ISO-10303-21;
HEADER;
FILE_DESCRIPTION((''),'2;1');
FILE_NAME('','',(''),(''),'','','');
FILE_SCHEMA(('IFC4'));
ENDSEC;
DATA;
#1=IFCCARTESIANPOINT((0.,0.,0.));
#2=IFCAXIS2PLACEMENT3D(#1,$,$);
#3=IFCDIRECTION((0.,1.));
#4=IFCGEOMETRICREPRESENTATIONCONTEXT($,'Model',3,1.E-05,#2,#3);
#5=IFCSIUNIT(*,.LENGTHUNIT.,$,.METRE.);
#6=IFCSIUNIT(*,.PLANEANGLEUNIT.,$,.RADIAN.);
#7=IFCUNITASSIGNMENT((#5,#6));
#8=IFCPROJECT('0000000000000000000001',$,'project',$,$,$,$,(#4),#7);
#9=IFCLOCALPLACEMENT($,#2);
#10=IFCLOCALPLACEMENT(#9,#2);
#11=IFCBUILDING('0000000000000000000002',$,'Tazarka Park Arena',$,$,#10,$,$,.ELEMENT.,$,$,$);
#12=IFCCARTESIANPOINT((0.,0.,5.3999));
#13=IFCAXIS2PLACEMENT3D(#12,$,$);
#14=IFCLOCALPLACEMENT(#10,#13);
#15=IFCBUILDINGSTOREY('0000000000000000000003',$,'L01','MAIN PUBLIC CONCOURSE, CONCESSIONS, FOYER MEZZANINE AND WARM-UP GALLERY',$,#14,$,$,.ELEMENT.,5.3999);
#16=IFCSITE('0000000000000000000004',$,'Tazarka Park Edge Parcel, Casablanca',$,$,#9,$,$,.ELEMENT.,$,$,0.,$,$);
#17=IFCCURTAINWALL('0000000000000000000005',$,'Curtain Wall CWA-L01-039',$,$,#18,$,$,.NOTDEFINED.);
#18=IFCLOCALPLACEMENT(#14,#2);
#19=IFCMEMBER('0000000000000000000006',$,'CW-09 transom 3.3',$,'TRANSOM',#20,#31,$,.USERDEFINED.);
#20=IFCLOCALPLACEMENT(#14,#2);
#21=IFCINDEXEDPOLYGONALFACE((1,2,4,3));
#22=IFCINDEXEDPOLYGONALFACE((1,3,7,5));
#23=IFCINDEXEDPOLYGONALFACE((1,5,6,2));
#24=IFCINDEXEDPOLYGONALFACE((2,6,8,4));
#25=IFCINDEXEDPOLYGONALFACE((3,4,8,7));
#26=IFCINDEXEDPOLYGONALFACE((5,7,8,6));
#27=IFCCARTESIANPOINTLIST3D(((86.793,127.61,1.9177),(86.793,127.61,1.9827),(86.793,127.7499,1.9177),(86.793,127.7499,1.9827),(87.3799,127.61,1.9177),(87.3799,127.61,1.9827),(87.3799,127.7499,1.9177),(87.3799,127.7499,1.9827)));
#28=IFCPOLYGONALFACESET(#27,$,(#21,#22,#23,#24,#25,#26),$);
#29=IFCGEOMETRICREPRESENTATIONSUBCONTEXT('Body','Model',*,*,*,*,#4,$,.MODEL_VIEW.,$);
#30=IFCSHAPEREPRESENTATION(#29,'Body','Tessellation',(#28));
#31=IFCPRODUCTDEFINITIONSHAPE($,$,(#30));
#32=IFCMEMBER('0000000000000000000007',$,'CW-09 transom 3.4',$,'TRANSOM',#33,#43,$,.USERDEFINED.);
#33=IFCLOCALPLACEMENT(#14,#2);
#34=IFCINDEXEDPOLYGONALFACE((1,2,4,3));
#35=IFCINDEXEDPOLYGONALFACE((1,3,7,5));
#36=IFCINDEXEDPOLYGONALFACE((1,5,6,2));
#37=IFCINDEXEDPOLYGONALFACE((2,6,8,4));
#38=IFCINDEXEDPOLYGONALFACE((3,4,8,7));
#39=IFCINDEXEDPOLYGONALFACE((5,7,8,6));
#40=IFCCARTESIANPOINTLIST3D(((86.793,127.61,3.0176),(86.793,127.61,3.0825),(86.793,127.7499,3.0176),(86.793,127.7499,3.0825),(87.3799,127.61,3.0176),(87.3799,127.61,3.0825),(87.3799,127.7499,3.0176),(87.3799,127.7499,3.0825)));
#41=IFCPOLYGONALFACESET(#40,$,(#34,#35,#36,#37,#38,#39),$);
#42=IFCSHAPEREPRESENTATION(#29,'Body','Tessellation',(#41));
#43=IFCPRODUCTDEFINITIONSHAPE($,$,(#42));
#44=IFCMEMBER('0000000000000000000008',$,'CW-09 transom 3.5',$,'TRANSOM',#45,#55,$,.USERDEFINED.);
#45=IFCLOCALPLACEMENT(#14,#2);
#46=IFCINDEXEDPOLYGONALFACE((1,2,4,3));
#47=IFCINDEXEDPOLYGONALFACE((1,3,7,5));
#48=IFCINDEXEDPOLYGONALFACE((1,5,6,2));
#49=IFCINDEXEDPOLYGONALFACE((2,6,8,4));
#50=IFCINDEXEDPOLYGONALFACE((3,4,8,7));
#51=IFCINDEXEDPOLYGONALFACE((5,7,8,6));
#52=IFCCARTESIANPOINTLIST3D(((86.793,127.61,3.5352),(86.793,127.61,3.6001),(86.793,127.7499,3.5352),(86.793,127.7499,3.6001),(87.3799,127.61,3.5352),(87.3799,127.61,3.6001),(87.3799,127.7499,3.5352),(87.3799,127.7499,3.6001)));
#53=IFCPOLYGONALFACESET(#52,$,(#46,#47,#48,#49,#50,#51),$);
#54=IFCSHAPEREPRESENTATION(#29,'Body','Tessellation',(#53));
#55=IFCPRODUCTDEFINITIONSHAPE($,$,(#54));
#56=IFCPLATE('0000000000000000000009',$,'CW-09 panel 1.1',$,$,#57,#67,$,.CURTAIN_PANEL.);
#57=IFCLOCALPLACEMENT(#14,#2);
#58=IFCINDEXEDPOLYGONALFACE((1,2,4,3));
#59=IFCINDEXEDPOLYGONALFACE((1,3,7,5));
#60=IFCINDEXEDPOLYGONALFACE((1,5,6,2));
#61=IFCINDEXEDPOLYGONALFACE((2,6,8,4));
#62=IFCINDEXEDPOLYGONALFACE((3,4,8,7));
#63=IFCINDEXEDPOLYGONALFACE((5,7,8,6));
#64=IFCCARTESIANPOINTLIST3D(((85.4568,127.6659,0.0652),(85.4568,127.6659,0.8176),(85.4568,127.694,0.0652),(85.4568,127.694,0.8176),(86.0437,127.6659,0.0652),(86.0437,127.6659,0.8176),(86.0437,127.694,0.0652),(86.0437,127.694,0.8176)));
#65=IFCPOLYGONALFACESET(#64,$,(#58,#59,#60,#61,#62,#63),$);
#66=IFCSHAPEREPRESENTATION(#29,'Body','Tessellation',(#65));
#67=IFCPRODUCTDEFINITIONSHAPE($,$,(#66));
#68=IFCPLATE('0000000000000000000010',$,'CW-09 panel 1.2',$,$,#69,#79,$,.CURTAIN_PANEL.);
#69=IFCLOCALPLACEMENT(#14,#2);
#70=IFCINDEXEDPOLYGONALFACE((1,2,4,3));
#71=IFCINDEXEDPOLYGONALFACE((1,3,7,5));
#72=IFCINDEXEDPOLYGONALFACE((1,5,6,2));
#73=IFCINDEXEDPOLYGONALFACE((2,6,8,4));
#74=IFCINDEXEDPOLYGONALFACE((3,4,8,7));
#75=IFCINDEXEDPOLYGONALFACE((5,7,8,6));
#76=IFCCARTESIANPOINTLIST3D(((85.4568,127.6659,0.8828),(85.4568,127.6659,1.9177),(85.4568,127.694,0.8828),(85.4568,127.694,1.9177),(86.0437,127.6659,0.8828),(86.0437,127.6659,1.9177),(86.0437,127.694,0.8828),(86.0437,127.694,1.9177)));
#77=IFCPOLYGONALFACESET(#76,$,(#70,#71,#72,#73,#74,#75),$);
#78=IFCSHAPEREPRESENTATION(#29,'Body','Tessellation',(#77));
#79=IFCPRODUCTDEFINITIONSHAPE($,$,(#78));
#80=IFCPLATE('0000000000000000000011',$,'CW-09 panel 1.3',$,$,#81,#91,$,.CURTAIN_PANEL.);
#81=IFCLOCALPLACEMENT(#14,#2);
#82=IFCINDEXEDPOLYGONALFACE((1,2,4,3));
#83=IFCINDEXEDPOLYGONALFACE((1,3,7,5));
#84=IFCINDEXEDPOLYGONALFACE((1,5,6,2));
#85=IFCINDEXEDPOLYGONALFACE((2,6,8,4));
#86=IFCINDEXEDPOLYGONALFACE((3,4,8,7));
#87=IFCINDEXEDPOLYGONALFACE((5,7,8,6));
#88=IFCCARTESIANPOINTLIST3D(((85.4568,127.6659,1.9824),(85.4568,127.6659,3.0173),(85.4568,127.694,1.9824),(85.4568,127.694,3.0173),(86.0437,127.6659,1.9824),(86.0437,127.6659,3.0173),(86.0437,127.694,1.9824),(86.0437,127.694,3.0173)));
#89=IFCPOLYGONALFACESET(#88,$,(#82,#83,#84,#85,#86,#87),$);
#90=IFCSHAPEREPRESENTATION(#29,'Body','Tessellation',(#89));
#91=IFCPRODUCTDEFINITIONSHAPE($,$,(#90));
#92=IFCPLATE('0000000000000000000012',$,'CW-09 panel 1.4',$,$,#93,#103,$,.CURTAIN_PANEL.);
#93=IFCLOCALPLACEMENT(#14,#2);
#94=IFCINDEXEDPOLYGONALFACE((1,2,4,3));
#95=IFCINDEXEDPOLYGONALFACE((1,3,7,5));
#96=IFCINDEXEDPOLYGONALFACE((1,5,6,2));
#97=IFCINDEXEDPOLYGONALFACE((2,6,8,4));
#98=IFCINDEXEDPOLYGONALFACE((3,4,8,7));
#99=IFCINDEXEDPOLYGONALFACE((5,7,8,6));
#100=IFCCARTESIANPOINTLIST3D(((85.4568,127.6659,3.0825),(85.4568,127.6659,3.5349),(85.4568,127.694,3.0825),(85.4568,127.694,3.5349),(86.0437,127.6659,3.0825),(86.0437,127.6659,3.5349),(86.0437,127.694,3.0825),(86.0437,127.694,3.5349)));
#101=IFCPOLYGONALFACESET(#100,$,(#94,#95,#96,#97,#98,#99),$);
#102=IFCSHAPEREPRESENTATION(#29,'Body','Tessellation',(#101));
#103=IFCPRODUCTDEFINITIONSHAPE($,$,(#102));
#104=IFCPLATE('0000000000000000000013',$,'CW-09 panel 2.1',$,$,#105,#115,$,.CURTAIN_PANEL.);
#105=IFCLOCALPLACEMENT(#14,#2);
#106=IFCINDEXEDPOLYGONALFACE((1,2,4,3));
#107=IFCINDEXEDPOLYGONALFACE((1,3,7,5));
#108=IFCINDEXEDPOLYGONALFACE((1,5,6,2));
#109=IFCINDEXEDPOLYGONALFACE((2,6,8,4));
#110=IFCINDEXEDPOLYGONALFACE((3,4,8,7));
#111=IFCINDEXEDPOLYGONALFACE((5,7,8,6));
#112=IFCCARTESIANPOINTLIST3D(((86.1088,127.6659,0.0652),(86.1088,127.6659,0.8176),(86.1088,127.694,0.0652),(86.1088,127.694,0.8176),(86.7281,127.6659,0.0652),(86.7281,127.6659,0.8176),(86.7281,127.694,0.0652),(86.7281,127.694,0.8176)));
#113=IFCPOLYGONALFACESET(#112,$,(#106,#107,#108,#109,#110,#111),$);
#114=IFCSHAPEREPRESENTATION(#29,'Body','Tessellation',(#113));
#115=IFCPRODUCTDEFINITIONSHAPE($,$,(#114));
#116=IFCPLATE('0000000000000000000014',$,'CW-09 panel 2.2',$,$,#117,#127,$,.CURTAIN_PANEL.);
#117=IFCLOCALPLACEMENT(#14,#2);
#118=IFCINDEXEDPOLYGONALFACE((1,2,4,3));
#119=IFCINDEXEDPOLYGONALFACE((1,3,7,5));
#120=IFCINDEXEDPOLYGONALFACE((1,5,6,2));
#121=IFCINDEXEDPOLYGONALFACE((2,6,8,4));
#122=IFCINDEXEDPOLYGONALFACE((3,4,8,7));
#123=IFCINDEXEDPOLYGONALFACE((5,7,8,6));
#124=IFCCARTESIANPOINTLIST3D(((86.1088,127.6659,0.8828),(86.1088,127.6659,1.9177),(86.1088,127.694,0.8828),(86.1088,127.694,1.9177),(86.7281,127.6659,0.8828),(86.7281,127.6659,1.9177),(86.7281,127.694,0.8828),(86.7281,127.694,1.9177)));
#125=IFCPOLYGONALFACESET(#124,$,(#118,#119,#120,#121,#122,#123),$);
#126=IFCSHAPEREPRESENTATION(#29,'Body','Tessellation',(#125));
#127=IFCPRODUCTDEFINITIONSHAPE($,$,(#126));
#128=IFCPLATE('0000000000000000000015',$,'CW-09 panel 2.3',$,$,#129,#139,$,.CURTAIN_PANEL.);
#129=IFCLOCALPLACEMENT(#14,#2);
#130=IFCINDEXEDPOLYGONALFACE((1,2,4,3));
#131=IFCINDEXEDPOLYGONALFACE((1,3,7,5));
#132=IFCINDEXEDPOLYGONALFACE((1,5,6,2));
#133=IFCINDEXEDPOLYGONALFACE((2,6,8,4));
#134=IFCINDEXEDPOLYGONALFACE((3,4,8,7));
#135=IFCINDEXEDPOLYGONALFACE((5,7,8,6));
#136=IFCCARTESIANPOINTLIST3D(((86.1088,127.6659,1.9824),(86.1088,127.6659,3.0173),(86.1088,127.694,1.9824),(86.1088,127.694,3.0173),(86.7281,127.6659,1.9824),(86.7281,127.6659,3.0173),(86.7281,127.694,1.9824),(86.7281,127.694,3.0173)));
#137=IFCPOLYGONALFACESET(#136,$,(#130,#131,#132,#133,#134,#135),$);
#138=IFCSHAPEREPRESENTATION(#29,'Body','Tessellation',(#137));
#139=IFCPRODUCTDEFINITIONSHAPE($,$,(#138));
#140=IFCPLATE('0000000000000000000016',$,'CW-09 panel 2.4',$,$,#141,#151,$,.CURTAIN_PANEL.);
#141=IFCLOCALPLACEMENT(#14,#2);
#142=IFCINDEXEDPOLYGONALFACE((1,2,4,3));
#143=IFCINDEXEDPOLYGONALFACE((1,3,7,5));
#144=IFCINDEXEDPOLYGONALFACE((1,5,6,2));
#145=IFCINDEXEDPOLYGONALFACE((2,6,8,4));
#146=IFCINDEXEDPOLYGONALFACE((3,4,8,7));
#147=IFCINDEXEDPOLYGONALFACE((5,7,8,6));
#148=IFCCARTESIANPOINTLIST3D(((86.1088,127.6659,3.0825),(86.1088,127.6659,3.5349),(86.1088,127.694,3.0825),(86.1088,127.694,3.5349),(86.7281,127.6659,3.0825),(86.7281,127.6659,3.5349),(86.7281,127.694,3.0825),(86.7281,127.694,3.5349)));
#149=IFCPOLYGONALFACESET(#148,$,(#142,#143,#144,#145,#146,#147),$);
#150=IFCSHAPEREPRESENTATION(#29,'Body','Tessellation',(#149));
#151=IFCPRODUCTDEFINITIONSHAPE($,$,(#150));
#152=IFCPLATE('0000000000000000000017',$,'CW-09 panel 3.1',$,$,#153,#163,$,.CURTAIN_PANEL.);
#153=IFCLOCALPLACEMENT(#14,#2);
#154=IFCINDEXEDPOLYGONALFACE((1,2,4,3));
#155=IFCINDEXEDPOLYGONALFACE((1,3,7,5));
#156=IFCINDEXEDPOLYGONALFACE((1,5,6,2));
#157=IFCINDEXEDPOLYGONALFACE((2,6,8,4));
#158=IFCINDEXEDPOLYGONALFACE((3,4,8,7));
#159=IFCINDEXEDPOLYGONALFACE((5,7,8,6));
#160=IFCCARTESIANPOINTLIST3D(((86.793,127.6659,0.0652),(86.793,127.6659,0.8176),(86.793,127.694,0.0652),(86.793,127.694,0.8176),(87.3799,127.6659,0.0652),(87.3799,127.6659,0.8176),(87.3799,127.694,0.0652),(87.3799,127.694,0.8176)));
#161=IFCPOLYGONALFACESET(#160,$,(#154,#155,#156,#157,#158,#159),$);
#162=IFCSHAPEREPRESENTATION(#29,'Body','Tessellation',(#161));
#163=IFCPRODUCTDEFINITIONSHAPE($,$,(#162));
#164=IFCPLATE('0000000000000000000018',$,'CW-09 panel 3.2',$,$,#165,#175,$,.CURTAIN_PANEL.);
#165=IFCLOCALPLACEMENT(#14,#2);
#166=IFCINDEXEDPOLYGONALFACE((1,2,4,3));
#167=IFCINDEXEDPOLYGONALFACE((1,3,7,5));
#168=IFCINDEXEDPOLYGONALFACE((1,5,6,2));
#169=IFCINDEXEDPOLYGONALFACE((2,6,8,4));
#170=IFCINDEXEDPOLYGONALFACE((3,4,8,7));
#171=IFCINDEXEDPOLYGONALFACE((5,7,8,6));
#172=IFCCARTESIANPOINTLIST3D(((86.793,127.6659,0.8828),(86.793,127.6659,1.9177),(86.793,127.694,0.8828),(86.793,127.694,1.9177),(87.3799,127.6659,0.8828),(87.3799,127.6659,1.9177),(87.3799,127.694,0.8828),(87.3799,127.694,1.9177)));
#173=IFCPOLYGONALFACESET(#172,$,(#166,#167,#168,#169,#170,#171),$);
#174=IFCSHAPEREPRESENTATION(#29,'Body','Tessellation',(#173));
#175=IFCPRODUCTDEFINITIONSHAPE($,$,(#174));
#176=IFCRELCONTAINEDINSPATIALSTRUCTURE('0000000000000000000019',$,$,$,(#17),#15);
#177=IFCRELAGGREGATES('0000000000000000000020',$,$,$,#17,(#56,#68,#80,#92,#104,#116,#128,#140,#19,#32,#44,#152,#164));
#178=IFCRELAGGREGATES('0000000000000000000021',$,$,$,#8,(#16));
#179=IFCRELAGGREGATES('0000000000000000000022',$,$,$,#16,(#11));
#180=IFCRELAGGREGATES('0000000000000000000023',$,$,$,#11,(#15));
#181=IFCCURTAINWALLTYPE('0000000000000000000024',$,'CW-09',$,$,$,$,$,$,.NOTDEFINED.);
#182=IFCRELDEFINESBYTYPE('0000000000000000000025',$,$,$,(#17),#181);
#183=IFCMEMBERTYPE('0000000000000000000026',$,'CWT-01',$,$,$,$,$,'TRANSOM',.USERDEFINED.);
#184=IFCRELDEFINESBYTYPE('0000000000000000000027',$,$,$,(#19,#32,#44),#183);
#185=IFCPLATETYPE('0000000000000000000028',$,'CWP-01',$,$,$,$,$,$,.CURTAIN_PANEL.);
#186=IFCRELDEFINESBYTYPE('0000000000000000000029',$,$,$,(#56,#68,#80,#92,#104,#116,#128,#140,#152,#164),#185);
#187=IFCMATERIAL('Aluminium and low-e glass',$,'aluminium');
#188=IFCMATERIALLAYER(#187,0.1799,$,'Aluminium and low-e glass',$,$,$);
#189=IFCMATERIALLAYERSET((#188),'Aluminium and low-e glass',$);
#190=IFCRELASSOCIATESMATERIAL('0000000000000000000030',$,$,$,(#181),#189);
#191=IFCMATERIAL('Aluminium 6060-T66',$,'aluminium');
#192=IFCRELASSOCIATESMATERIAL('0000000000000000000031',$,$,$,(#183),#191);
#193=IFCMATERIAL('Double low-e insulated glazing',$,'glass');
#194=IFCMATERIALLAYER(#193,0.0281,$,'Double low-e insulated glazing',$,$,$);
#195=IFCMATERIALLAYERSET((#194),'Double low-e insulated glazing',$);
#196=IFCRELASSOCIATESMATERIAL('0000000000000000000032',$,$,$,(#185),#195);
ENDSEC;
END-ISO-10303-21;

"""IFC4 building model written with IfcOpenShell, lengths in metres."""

from ifc_helpers import new_model, si_unit, direction, frame, origin, origin_2d, place, context, subcontext, project, spatial, rectangle, extrude, material, layer, layer_set, material_profile, profile_set, type_object, element, aggregate, save


model = new_model("IFC4")

# Units and contexts
model_context = context("Model", 3, precision=1e-05, world=origin(), true_north=direction((0.0, 1.0)))
body_context = subcontext(model_context, "Body", "Model", "MODEL_VIEW")
ifc_project = project(units=[si_unit("LENGTHUNIT", "METRE"), si_unit("PLANEANGLEUNIT", "RADIAN")], contexts=[model_context])

# Site, building, storey
site_placement = place(None, origin())
site = spatial("IfcSite", under=ifc_project, at=site_placement, Name="Tazarka Park Edge Parcel, Casablanca", CompositionType="ELEMENT", RefElevation=0.0)
building_placement = place(site_placement, origin())
building = spatial("IfcBuilding", under=site, at=building_placement, Name="Tazarka Park Arena", CompositionType="ELEMENT")
storey_placement = place(building_placement, frame((0.0, 0.0, 5.3999)))
storey = spatial("IfcBuildingStorey", under=building, at=storey_placement, Name="L01", Description="MAIN PUBLIC CONCOURSE, CONCESSIONS, FOYER MEZZANINE AND WARM-UP GALLERY", CompositionType="ELEMENT", Elevation=5.3999)

# Curtain wall, members, plates
ifc_material_1 = material(Name="Aluminium and low-e glass", Category="aluminium")
ifc_layer_1 = layer(ifc_material_1, 0.1799, Name="Aluminium and low-e glass")
ifc_layer_set_1 = layer_set([ifc_layer_1], Name="Aluminium and low-e glass")
curtain_wall_type = type_object("IfcCurtainWallType", Name="CW-09", PredefinedType="NOTDEFINED", material=ifc_layer_set_1)
curtain_wall_placement = place(storey_placement, origin())
curtain_wall = element("IfcCurtainWall", 1, at=curtain_wall_placement, inside=storey, type_object=curtain_wall_type, Name="Curtain Wall CWA-L01-039", PredefinedType="NOTDEFINED")
ifc_material_2 = material(Name="Aluminium 6060-T66", Category="aluminium")
ifc_material_profile_1 = material_profile(ifc_material_2, rectangle(XDim=0.1399, YDim=0.0649, at=origin_2d()), Name="Aluminium 6060-T66")
ifc_profile_set_1 = profile_set([ifc_material_profile_1], Name="Aluminium 6060-T66")
member_type_1 = type_object("IfcMemberType", Name="CWT-01", ElementType="TRANSOM", PredefinedType="USERDEFINED", material=ifc_profile_set_1)
member_1_placement = place(storey_placement, frame((86.793, 127.6799, 1.9502), z_axis=(1.0, 0.0, 0.0), x_axis=(0.0, 1.0, 0.0)))
member_1 = element("IfcMember", 2, at=member_1_placement, type_object=member_type_1, Name="CW-09 transom 3.3", ObjectType="TRANSOM", PredefinedType="USERDEFINED", context=body_context, shape_type="SweptSolid", body=[
    extrude(rectangle(XDim=0.1399, YDim=0.0649, at=origin_2d()), origin(), (0.0, 0.0, 1.0), 0.5869),
])
member_2_placement = place(storey_placement, frame((86.793, 127.6799, 3.05), z_axis=(1.0, 0.0, 0.0), x_axis=(0.0, 1.0, 0.0)))
member_2 = element("IfcMember", 3, at=member_2_placement, type_object=member_type_1, Name="CW-09 transom 3.4", ObjectType="TRANSOM", PredefinedType="USERDEFINED", context=body_context, shape_type="SweptSolid", body=[
    extrude(rectangle(XDim=0.1399, YDim=0.0649, at=origin_2d()), origin(), (0.0, 0.0, 1.0), 0.5869),
])
member_3_placement = place(storey_placement, frame((86.793, 127.6799, 3.5676), z_axis=(1.0, 0.0, 0.0), x_axis=(0.0, 1.0, 0.0)))
member_3 = element("IfcMember", 4, at=member_3_placement, type_object=member_type_1, Name="CW-09 transom 3.5", ObjectType="TRANSOM", PredefinedType="USERDEFINED", context=body_context, shape_type="SweptSolid", body=[
    extrude(rectangle(XDim=0.1399, YDim=0.0649, at=origin_2d()), origin(), (0.0, 0.0, 1.0), 0.5869),
])
ifc_material_3 = material(Name="Double low-e insulated glazing", Category="glass")
ifc_layer_2 = layer(ifc_material_3, 0.0281, Name="Double low-e insulated glazing")
ifc_layer_set_2 = layer_set([ifc_layer_2], Name="Double low-e insulated glazing")
plate_type = type_object("IfcPlateType", Name="CWP-01", PredefinedType="CURTAIN_PANEL", material=ifc_layer_set_2)
plate_1_placement = place(storey_placement, frame((85.7502, 127.6799, 0.0652), z_axis=(0.0, 0.0, 1.0), x_axis=(1.0, 0.0, 0.0)))
plate_1 = element("IfcPlate", 5, at=plate_1_placement, type_object=plate_type, Name="CW-09 panel 1.1", PredefinedType="CURTAIN_PANEL", context=body_context, shape_type="SweptSolid", body=[
    extrude(rectangle(XDim=0.5869, YDim=0.0281, at=origin_2d()), origin(), (0.0, 0.0, 1.0), 0.7524),
])
plate_2_placement = place(storey_placement, frame((85.7502, 127.6799, 0.8828), z_axis=(0.0, 0.0, 1.0), x_axis=(1.0, 0.0, 0.0)))
plate_2 = element("IfcPlate", 6, at=plate_2_placement, type_object=plate_type, Name="CW-09 panel 1.2", PredefinedType="CURTAIN_PANEL", context=body_context, shape_type="SweptSolid", body=[
    extrude(rectangle(XDim=0.5869, YDim=0.0281, at=origin_2d()), origin(), (0.0, 0.0, 1.0), 1.0349),
])
plate_3_placement = place(storey_placement, frame((85.7502, 127.6799, 1.9824), z_axis=(0.0, 0.0, 1.0), x_axis=(1.0, 0.0, 0.0)))
plate_3 = element("IfcPlate", 7, at=plate_3_placement, type_object=plate_type, Name="CW-09 panel 1.3", PredefinedType="CURTAIN_PANEL", context=body_context, shape_type="SweptSolid", body=[
    extrude(rectangle(XDim=0.5869, YDim=0.0281, at=origin_2d()), origin(), (0.0, 0.0, 1.0), 1.0349),
])
plate_4_placement = place(storey_placement, frame((85.7502, 127.6799, 3.0825), z_axis=(0.0, 0.0, 1.0), x_axis=(1.0, 0.0, 0.0)))
plate_4 = element("IfcPlate", 8, at=plate_4_placement, type_object=plate_type, Name="CW-09 panel 1.4", PredefinedType="CURTAIN_PANEL", context=body_context, shape_type="SweptSolid", body=[
    extrude(rectangle(XDim=0.5869, YDim=0.0281, at=origin_2d()), origin(), (0.0, 0.0, 1.0), 0.4524),
])
plate_5_placement = place(storey_placement, frame((86.4185, 127.6799, 0.0652), z_axis=(0.0, 0.0, 1.0), x_axis=(1.0, 0.0, 0.0)))
plate_5 = element("IfcPlate", 9, at=plate_5_placement, type_object=plate_type, Name="CW-09 panel 2.1", PredefinedType="CURTAIN_PANEL", context=body_context, shape_type="SweptSolid", body=[
    extrude(rectangle(XDim=0.6194, YDim=0.0281, at=origin_2d()), origin(), (0.0, 0.0, 1.0), 0.7524),
])
plate_6_placement = place(storey_placement, frame((86.4185, 127.6799, 0.8828), z_axis=(0.0, 0.0, 1.0), x_axis=(1.0, 0.0, 0.0)))
plate_6 = element("IfcPlate", 10, at=plate_6_placement, type_object=plate_type, Name="CW-09 panel 2.2", PredefinedType="CURTAIN_PANEL", context=body_context, shape_type="SweptSolid", body=[
    extrude(rectangle(XDim=0.6194, YDim=0.0281, at=origin_2d()), origin(), (0.0, 0.0, 1.0), 1.0349),
])
plate_7_placement = place(storey_placement, frame((86.4185, 127.6799, 1.9824), z_axis=(0.0, 0.0, 1.0), x_axis=(1.0, 0.0, 0.0)))
plate_7 = element("IfcPlate", 11, at=plate_7_placement, type_object=plate_type, Name="CW-09 panel 2.3", PredefinedType="CURTAIN_PANEL", context=body_context, shape_type="SweptSolid", body=[
    extrude(rectangle(XDim=0.6194, YDim=0.0281, at=origin_2d()), origin(), (0.0, 0.0, 1.0), 1.0349),
])
plate_8_placement = place(storey_placement, frame((86.4185, 127.6799, 3.0825), z_axis=(0.0, 0.0, 1.0), x_axis=(1.0, 0.0, 0.0)))
plate_8 = element("IfcPlate", 12, at=plate_8_placement, type_object=plate_type, Name="CW-09 panel 2.4", PredefinedType="CURTAIN_PANEL", context=body_context, shape_type="SweptSolid", body=[
    extrude(rectangle(XDim=0.6194, YDim=0.0281, at=origin_2d()), origin(), (0.0, 0.0, 1.0), 0.4524),
])
plate_9_placement = place(storey_placement, frame((87.0864, 127.6799, 0.0652), z_axis=(0.0, 0.0, 1.0), x_axis=(1.0, 0.0, 0.0)))
plate_9 = element("IfcPlate", 13, at=plate_9_placement, type_object=plate_type, Name="CW-09 panel 3.1", PredefinedType="CURTAIN_PANEL", context=body_context, shape_type="SweptSolid", body=[
    extrude(rectangle(XDim=0.5869, YDim=0.0281, at=origin_2d()), origin(), (0.0, 0.0, 1.0), 0.7524),
])
plate_10_placement = place(storey_placement, frame((87.0864, 127.6799, 0.8828), z_axis=(0.0, 0.0, 1.0), x_axis=(1.0, 0.0, 0.0)))
plate_10 = element("IfcPlate", 14, at=plate_10_placement, type_object=plate_type, Name="CW-09 panel 3.2", PredefinedType="CURTAIN_PANEL", context=body_context, shape_type="SweptSolid", body=[
    extrude(rectangle(XDim=0.5869, YDim=0.0281, at=origin_2d()), origin(), (0.0, 0.0, 1.0), 1.0349),
])
aggregate(curtain_wall, [plate_1, plate_2, plate_3, plate_4, plate_5, plate_6, plate_7, plate_8, member_1, member_2, member_3, plate_9, plate_10])

save(model, "model.ifc")
